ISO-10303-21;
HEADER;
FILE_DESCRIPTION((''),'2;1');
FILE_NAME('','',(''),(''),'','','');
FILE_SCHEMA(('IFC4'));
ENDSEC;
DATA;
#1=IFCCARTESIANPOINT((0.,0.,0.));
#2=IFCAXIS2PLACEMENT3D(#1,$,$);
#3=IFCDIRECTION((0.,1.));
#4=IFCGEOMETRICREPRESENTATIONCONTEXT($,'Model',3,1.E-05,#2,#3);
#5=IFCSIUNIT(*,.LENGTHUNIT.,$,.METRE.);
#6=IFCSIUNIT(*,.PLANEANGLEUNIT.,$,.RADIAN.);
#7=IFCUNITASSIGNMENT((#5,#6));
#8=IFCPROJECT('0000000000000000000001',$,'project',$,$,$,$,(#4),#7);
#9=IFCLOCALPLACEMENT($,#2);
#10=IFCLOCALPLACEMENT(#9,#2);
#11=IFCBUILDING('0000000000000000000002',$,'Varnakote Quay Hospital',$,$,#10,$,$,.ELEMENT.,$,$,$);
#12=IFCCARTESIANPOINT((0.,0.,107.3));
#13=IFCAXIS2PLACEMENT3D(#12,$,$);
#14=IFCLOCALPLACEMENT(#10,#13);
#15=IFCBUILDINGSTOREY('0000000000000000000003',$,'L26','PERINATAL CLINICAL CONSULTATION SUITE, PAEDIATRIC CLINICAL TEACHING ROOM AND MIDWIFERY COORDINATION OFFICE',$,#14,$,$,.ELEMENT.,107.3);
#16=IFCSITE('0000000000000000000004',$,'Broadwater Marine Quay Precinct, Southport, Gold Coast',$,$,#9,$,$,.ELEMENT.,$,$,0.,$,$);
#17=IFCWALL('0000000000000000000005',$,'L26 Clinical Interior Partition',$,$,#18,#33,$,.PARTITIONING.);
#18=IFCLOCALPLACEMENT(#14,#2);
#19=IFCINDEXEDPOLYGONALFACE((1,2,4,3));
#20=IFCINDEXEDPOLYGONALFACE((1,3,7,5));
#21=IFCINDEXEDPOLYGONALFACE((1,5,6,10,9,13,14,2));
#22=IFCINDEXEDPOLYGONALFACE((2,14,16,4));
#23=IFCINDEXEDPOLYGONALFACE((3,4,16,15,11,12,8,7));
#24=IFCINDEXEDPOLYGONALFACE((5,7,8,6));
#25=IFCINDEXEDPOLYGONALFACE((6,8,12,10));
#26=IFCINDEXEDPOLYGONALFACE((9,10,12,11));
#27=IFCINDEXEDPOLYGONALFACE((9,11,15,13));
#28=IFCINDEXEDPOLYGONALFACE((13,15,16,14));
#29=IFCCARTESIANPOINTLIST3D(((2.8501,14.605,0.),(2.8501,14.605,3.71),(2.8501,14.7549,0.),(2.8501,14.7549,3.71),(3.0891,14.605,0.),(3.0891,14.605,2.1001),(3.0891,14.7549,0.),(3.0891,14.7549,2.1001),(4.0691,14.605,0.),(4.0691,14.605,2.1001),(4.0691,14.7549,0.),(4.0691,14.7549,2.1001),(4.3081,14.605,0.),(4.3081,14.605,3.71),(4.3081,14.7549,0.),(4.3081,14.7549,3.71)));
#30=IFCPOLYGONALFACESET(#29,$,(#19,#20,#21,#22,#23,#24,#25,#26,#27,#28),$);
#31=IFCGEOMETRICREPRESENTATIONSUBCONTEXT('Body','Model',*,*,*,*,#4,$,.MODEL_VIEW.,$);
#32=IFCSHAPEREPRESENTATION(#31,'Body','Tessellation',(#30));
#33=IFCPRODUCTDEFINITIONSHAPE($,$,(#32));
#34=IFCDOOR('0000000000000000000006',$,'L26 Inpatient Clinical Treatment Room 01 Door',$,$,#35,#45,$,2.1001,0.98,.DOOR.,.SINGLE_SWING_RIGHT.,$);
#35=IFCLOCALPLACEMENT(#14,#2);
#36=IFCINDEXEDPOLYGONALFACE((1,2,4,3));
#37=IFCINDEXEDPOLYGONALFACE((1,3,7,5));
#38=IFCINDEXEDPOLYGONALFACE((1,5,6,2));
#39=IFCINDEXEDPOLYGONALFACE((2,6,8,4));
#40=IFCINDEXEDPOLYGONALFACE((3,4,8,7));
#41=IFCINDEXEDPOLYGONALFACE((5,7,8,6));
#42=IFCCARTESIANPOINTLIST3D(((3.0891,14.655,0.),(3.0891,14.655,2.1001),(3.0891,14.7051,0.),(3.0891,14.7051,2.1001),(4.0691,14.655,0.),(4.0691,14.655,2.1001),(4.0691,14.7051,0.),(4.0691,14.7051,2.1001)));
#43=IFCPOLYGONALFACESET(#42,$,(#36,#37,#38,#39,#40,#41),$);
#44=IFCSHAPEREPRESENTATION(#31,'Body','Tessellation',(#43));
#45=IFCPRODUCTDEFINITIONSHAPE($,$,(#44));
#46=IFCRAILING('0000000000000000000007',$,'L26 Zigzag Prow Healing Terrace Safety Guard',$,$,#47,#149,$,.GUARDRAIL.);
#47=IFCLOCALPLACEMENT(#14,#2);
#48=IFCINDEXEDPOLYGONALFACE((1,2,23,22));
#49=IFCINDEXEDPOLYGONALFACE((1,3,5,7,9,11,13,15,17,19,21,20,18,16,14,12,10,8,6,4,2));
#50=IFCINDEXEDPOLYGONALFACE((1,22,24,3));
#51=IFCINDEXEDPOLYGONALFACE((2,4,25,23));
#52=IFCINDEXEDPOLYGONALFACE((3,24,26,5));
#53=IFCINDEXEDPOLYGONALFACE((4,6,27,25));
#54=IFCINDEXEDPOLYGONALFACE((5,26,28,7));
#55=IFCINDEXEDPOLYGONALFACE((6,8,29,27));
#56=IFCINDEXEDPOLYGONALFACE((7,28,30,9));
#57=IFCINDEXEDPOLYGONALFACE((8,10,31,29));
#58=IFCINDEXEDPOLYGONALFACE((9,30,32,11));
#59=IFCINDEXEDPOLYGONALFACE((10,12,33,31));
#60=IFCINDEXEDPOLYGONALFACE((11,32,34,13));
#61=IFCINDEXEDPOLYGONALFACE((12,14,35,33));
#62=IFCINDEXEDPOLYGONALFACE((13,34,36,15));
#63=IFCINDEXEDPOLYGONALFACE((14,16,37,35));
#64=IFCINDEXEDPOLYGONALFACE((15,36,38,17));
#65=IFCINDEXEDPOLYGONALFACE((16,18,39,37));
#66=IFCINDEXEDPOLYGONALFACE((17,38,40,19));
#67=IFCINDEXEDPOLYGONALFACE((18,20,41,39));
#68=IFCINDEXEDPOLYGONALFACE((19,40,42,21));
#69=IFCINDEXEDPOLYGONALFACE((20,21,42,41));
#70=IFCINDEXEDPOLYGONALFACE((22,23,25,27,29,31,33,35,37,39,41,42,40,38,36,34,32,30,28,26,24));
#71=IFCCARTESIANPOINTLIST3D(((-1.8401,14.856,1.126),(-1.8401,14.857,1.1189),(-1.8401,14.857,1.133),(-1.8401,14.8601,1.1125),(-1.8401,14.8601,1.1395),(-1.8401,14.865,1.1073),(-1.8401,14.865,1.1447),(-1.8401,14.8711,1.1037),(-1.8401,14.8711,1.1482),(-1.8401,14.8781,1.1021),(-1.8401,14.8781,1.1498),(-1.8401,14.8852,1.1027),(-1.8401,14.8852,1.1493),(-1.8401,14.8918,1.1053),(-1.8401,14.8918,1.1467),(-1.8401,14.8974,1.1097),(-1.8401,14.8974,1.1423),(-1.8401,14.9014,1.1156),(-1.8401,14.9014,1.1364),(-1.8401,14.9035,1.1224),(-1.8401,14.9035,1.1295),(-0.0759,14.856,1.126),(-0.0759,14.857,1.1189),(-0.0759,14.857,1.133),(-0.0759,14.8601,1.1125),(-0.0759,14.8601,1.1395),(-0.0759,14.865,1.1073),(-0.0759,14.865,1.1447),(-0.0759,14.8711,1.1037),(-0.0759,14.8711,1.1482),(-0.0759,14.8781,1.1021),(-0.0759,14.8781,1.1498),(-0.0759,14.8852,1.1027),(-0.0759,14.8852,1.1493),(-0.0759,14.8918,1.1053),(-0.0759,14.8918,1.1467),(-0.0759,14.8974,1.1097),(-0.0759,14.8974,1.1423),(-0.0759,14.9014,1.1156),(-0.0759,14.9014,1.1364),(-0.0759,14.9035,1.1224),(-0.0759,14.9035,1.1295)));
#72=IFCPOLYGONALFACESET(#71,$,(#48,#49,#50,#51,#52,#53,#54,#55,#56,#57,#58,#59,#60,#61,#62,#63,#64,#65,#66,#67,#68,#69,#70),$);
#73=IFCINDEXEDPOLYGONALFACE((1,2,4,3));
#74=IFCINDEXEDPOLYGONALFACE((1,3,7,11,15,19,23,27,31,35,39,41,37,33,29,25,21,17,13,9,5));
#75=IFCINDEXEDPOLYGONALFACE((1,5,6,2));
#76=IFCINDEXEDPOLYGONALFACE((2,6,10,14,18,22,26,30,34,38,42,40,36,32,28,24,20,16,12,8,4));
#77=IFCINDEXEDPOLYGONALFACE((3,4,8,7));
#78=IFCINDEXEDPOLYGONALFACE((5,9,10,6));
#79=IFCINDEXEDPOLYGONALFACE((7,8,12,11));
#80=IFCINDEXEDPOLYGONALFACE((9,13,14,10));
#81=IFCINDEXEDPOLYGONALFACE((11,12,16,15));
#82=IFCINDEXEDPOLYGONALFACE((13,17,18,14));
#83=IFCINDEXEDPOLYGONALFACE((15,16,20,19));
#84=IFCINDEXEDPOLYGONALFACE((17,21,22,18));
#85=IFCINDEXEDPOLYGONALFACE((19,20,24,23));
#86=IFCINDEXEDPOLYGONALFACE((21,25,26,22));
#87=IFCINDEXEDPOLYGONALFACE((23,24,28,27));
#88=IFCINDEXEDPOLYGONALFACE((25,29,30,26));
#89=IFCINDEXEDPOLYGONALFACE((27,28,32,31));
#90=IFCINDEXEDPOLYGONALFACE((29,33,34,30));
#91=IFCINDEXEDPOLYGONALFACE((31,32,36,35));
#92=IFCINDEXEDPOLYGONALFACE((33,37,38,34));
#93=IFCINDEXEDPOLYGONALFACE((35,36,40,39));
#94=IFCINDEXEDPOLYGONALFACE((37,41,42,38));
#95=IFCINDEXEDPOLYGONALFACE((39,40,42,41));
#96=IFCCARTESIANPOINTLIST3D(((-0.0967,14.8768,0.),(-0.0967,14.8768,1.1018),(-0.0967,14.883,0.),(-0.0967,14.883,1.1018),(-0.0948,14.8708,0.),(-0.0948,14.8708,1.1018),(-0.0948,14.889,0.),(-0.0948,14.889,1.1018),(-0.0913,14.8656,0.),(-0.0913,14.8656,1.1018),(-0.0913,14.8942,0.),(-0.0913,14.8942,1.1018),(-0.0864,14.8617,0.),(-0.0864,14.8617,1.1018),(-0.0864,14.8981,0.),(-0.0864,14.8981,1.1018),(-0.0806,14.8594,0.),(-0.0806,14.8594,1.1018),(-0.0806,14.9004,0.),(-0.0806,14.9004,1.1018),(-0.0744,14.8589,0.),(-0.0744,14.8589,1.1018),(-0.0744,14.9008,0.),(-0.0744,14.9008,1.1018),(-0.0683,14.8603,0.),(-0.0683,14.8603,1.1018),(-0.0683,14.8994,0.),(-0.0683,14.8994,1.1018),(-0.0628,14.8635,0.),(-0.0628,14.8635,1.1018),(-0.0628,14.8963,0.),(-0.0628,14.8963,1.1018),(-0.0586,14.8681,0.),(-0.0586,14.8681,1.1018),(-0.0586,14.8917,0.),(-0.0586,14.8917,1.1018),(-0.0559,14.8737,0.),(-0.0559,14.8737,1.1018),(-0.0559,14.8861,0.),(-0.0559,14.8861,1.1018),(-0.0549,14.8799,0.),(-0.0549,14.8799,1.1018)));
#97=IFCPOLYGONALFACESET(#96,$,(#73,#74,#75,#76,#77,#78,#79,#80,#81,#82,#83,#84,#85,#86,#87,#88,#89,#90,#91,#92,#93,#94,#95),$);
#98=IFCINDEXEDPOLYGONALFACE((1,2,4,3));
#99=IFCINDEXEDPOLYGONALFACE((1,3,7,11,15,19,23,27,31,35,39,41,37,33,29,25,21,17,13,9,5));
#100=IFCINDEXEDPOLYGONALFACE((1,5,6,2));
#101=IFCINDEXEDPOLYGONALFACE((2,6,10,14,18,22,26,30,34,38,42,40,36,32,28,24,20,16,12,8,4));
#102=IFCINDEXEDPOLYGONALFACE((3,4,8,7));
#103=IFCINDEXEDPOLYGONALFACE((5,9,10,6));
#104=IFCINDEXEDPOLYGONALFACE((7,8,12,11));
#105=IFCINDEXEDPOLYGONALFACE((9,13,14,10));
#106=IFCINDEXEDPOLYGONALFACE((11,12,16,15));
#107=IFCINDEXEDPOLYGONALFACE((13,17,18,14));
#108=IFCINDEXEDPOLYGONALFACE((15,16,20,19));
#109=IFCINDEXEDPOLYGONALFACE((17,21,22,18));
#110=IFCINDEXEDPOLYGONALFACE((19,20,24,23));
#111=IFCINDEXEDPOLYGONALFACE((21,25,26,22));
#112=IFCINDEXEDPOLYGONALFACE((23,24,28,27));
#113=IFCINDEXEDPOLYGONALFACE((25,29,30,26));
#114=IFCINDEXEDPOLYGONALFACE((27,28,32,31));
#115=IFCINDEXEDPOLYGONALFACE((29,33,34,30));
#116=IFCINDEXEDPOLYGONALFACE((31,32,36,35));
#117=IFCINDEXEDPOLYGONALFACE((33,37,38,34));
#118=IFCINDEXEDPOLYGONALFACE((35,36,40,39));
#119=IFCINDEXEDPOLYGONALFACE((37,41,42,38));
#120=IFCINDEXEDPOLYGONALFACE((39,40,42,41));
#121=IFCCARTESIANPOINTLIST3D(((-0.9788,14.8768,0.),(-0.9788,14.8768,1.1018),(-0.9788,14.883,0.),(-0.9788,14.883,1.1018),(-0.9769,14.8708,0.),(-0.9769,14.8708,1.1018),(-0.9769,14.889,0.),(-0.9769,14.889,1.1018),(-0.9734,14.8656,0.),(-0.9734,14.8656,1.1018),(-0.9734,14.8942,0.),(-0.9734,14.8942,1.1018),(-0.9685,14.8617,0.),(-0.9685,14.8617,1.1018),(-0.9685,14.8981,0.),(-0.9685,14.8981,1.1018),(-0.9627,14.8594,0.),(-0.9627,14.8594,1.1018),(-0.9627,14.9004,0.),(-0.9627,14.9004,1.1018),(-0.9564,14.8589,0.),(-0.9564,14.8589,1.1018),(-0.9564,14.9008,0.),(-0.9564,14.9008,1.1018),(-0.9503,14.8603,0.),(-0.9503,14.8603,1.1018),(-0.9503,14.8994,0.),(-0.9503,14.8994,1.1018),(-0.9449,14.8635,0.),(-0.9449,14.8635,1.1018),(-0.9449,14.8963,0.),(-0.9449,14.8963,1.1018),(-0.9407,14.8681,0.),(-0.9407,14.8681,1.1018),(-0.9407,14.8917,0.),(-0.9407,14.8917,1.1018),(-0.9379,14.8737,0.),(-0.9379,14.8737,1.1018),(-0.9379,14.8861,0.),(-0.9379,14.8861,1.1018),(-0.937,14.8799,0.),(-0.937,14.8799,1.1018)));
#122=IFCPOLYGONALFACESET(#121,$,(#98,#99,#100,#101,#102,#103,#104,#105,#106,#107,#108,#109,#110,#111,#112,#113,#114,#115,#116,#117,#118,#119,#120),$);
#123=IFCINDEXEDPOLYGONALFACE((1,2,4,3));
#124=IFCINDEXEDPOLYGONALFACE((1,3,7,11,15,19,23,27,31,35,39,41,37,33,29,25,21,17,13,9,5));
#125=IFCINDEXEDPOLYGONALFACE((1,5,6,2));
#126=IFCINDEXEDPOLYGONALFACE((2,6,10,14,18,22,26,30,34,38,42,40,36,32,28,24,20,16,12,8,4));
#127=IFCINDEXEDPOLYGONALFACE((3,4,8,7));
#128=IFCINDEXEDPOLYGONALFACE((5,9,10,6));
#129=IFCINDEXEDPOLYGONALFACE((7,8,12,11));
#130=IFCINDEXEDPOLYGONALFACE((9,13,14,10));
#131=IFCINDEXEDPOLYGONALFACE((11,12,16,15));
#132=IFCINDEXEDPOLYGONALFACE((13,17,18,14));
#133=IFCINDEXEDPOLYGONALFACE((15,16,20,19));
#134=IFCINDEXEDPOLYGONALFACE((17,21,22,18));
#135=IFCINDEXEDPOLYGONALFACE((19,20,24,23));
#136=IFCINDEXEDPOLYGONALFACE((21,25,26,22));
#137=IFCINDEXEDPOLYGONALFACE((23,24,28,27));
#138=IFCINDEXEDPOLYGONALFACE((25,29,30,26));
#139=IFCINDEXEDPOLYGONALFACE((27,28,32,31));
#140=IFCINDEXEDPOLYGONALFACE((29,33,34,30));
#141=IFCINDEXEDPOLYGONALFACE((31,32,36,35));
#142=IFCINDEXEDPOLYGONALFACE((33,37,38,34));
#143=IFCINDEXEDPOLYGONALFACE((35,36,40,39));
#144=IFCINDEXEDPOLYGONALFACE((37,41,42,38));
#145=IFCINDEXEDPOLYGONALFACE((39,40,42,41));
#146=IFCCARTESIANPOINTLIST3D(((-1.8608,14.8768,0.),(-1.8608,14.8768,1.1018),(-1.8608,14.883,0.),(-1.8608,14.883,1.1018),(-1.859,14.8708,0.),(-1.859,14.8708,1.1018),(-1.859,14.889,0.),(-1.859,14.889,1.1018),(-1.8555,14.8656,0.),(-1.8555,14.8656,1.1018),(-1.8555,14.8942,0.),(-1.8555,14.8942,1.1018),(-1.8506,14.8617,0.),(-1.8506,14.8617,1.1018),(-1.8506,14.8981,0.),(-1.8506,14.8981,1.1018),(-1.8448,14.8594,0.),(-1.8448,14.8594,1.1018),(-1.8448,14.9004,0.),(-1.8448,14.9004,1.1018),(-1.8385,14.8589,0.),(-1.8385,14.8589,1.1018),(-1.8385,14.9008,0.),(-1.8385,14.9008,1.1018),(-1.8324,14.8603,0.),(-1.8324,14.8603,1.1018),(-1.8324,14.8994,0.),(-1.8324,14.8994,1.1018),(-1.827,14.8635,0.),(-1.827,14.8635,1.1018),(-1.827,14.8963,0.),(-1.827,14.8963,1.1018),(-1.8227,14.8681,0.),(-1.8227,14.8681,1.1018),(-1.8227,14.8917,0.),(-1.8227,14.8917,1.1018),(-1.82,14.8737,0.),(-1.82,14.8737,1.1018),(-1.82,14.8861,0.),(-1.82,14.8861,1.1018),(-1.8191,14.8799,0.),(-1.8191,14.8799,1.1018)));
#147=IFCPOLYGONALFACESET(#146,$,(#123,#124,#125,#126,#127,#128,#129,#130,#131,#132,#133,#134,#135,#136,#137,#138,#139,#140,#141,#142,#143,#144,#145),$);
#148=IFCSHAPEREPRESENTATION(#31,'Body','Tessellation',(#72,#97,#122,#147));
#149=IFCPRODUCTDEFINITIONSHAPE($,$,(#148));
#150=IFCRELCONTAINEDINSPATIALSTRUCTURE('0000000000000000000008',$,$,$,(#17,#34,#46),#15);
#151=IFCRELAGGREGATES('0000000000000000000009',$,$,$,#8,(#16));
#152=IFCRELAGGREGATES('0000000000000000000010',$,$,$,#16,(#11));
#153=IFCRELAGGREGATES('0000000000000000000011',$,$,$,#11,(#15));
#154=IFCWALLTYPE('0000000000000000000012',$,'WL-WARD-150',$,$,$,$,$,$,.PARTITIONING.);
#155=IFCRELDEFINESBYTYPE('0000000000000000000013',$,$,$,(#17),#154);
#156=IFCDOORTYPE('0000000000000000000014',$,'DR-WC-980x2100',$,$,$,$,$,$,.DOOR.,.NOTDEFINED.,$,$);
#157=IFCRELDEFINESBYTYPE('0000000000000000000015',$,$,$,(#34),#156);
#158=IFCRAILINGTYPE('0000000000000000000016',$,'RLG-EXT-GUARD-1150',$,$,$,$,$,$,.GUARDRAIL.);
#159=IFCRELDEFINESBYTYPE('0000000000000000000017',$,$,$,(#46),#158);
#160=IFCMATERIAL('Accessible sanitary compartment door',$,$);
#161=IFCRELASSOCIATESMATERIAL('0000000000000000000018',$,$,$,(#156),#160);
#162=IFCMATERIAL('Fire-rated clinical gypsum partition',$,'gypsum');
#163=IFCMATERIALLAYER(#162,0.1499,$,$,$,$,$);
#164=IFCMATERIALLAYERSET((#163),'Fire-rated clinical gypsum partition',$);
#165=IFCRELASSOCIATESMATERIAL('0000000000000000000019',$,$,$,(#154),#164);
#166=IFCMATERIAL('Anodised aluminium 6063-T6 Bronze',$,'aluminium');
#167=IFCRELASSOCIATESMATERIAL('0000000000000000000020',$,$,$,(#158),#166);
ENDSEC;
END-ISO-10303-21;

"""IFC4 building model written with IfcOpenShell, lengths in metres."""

from ifc_helpers import new_model, si_unit, direction, frame, frame_2d, origin, origin_2d, place, context, subcontext, project, spatial, rectangle, circle, extrude, material, layer, layer_set, type_object, element, fill, save


model = new_model("IFC4")

# Units and contexts
model_context = context("Model", 3, precision=1e-05, world=origin(), true_north=direction((0.0, 1.0)))
body_context = subcontext(model_context, "Body", "Model", "MODEL_VIEW")
ifc_project = project(units=[si_unit("LENGTHUNIT", "METRE"), si_unit("PLANEANGLEUNIT", "RADIAN")], contexts=[model_context])

# Site, building, storey
site_placement = place(None, origin())
site = spatial("IfcSite", under=ifc_project, at=site_placement, Name="Broadwater Marine Quay Precinct, Southport, Gold Coast", CompositionType="ELEMENT", RefElevation=0.0)
building_placement = place(site_placement, origin())
building = spatial("IfcBuilding", under=site, at=building_placement, Name="Varnakote Quay Hospital", CompositionType="ELEMENT")
storey_placement = place(building_placement, frame((0.0, 0.0, 107.3)))
storey = spatial("IfcBuildingStorey", under=building, at=storey_placement, Name="L26", Description="PERINATAL CLINICAL CONSULTATION SUITE, PAEDIATRIC CLINICAL TEACHING ROOM AND MIDWIFERY COORDINATION OFFICE", CompositionType="ELEMENT", Elevation=107.3)

# Shared definitions
ifc_material_1 = material(Name="Accessible sanitary compartment door")
door_type_1 = type_object("IfcDoorType", Name="DR-WC-980x2100", OperationType="NOTDEFINED", PredefinedType="DOOR", material=ifc_material_1)

# Wall, opening, door
ifc_material_2 = material(Name="Fire-rated clinical gypsum partition", Category="gypsum")
ifc_layer_1 = layer(ifc_material_2, 0.1499)
ifc_layer_set_1 = layer_set([ifc_layer_1], Name="Fire-rated clinical gypsum partition")
wall_type_1 = type_object("IfcWallType", Name="WL-WARD-150", PredefinedType="PARTITIONING", material=ifc_layer_set_1)
wall_1_placement = place(storey_placement, frame((4.3081, 14.6799, 0.0), z_axis=(0.0, 0.0, 1.0), x_axis=(-1.0, 0.0, 0.0)))
wall_1 = element("IfcWall", 1, at=wall_1_placement, inside=storey, type_object=wall_type_1, Name="L26 Clinical Interior Partition", PredefinedType="PARTITIONING", context=body_context, shape_type="SweptSolid", body=[
    extrude(rectangle(XDim=1.458, YDim=0.1499, at=frame_2d((0.729, 0.0))), origin(), (0.0, 0.0, 1.0), 3.71),
])
opening_1_placement = place(wall_1_placement, frame((0.239, 0.0, 0.0)))
opening_1 = element("IfcOpeningElement", 2, at=opening_1_placement, cuts=wall_1, PredefinedType="OPENING", context=body_context, shape_type="SweptSolid", body=[
    extrude(rectangle(XDim=0.98, YDim=2.1001, at=frame_2d((0.49, 1.05))), frame((0.0, 0.085, 0.0), z_axis=(0.0, -1.0, 0.0), x_axis=(1.0, 0.0, 0.0)), (0.0, 0.0, 1.0), 0.1699),
])
door_1_placement = place(opening_1_placement, origin())
door_1 = element("IfcDoor", 3, at=door_1_placement, inside=storey, type_object=door_type_1, Name="L26 Inpatient Clinical Treatment Room 01 Door", OperationType="SINGLE_SWING_RIGHT", OverallHeight=2.1001, OverallWidth=0.98, PredefinedType="DOOR", context=body_context, shape_type="SweptSolid", body=[
    extrude(rectangle(XDim=0.98, YDim=2.1001, at=frame_2d((0.49, 1.05))), frame((0.0, 0.0249, 0.0), z_axis=(0.0, -1.0, 0.0), x_axis=(1.0, 0.0, 0.0)), (0.0, 0.0, 1.0), 0.05),
])
fill(opening_1, door_1)

# Railing
ifc_material_3 = material(Name="Anodised aluminium 6063-T6 Bronze", Category="aluminium")
railing_type = type_object("IfcRailingType", Name="RLG-EXT-GUARD-1150", PredefinedType="GUARDRAIL", material=ifc_material_3)
railing_1_placement = place(storey_placement, frame((-0.0759, 14.8799, 0.0)))
element("IfcRailing", 4, at=railing_1_placement, inside=storey, type_object=railing_type, Name="L26 Zigzag Prow Healing Terrace Safety Guard", PredefinedType="GUARDRAIL", context=body_context, shape_type="SweptSolid", body=[
    extrude(circle(Radius=0.0239, at=origin_2d()), frame((0.0, 0.0, 1.126), z_axis=(-1.0, 0.0, 0.0), x_axis=(0.0, -1.0, 0.0)), (0.0, 0.0, 1.0), 1.7642),
    extrude(circle(Radius=0.021, at=origin_2d()), origin(), (0.0, 0.0, 1.0), 1.1018),
    extrude(circle(Radius=0.021, at=origin_2d()), frame((-0.8821, 0.0, 0.0)), (0.0, 0.0, 1.0), 1.1018),
    extrude(circle(Radius=0.021, at=origin_2d()), frame((-1.7642, 0.0, 0.0)), (0.0, 0.0, 1.0), 1.1018),
])

save(model, "model.ifc")
